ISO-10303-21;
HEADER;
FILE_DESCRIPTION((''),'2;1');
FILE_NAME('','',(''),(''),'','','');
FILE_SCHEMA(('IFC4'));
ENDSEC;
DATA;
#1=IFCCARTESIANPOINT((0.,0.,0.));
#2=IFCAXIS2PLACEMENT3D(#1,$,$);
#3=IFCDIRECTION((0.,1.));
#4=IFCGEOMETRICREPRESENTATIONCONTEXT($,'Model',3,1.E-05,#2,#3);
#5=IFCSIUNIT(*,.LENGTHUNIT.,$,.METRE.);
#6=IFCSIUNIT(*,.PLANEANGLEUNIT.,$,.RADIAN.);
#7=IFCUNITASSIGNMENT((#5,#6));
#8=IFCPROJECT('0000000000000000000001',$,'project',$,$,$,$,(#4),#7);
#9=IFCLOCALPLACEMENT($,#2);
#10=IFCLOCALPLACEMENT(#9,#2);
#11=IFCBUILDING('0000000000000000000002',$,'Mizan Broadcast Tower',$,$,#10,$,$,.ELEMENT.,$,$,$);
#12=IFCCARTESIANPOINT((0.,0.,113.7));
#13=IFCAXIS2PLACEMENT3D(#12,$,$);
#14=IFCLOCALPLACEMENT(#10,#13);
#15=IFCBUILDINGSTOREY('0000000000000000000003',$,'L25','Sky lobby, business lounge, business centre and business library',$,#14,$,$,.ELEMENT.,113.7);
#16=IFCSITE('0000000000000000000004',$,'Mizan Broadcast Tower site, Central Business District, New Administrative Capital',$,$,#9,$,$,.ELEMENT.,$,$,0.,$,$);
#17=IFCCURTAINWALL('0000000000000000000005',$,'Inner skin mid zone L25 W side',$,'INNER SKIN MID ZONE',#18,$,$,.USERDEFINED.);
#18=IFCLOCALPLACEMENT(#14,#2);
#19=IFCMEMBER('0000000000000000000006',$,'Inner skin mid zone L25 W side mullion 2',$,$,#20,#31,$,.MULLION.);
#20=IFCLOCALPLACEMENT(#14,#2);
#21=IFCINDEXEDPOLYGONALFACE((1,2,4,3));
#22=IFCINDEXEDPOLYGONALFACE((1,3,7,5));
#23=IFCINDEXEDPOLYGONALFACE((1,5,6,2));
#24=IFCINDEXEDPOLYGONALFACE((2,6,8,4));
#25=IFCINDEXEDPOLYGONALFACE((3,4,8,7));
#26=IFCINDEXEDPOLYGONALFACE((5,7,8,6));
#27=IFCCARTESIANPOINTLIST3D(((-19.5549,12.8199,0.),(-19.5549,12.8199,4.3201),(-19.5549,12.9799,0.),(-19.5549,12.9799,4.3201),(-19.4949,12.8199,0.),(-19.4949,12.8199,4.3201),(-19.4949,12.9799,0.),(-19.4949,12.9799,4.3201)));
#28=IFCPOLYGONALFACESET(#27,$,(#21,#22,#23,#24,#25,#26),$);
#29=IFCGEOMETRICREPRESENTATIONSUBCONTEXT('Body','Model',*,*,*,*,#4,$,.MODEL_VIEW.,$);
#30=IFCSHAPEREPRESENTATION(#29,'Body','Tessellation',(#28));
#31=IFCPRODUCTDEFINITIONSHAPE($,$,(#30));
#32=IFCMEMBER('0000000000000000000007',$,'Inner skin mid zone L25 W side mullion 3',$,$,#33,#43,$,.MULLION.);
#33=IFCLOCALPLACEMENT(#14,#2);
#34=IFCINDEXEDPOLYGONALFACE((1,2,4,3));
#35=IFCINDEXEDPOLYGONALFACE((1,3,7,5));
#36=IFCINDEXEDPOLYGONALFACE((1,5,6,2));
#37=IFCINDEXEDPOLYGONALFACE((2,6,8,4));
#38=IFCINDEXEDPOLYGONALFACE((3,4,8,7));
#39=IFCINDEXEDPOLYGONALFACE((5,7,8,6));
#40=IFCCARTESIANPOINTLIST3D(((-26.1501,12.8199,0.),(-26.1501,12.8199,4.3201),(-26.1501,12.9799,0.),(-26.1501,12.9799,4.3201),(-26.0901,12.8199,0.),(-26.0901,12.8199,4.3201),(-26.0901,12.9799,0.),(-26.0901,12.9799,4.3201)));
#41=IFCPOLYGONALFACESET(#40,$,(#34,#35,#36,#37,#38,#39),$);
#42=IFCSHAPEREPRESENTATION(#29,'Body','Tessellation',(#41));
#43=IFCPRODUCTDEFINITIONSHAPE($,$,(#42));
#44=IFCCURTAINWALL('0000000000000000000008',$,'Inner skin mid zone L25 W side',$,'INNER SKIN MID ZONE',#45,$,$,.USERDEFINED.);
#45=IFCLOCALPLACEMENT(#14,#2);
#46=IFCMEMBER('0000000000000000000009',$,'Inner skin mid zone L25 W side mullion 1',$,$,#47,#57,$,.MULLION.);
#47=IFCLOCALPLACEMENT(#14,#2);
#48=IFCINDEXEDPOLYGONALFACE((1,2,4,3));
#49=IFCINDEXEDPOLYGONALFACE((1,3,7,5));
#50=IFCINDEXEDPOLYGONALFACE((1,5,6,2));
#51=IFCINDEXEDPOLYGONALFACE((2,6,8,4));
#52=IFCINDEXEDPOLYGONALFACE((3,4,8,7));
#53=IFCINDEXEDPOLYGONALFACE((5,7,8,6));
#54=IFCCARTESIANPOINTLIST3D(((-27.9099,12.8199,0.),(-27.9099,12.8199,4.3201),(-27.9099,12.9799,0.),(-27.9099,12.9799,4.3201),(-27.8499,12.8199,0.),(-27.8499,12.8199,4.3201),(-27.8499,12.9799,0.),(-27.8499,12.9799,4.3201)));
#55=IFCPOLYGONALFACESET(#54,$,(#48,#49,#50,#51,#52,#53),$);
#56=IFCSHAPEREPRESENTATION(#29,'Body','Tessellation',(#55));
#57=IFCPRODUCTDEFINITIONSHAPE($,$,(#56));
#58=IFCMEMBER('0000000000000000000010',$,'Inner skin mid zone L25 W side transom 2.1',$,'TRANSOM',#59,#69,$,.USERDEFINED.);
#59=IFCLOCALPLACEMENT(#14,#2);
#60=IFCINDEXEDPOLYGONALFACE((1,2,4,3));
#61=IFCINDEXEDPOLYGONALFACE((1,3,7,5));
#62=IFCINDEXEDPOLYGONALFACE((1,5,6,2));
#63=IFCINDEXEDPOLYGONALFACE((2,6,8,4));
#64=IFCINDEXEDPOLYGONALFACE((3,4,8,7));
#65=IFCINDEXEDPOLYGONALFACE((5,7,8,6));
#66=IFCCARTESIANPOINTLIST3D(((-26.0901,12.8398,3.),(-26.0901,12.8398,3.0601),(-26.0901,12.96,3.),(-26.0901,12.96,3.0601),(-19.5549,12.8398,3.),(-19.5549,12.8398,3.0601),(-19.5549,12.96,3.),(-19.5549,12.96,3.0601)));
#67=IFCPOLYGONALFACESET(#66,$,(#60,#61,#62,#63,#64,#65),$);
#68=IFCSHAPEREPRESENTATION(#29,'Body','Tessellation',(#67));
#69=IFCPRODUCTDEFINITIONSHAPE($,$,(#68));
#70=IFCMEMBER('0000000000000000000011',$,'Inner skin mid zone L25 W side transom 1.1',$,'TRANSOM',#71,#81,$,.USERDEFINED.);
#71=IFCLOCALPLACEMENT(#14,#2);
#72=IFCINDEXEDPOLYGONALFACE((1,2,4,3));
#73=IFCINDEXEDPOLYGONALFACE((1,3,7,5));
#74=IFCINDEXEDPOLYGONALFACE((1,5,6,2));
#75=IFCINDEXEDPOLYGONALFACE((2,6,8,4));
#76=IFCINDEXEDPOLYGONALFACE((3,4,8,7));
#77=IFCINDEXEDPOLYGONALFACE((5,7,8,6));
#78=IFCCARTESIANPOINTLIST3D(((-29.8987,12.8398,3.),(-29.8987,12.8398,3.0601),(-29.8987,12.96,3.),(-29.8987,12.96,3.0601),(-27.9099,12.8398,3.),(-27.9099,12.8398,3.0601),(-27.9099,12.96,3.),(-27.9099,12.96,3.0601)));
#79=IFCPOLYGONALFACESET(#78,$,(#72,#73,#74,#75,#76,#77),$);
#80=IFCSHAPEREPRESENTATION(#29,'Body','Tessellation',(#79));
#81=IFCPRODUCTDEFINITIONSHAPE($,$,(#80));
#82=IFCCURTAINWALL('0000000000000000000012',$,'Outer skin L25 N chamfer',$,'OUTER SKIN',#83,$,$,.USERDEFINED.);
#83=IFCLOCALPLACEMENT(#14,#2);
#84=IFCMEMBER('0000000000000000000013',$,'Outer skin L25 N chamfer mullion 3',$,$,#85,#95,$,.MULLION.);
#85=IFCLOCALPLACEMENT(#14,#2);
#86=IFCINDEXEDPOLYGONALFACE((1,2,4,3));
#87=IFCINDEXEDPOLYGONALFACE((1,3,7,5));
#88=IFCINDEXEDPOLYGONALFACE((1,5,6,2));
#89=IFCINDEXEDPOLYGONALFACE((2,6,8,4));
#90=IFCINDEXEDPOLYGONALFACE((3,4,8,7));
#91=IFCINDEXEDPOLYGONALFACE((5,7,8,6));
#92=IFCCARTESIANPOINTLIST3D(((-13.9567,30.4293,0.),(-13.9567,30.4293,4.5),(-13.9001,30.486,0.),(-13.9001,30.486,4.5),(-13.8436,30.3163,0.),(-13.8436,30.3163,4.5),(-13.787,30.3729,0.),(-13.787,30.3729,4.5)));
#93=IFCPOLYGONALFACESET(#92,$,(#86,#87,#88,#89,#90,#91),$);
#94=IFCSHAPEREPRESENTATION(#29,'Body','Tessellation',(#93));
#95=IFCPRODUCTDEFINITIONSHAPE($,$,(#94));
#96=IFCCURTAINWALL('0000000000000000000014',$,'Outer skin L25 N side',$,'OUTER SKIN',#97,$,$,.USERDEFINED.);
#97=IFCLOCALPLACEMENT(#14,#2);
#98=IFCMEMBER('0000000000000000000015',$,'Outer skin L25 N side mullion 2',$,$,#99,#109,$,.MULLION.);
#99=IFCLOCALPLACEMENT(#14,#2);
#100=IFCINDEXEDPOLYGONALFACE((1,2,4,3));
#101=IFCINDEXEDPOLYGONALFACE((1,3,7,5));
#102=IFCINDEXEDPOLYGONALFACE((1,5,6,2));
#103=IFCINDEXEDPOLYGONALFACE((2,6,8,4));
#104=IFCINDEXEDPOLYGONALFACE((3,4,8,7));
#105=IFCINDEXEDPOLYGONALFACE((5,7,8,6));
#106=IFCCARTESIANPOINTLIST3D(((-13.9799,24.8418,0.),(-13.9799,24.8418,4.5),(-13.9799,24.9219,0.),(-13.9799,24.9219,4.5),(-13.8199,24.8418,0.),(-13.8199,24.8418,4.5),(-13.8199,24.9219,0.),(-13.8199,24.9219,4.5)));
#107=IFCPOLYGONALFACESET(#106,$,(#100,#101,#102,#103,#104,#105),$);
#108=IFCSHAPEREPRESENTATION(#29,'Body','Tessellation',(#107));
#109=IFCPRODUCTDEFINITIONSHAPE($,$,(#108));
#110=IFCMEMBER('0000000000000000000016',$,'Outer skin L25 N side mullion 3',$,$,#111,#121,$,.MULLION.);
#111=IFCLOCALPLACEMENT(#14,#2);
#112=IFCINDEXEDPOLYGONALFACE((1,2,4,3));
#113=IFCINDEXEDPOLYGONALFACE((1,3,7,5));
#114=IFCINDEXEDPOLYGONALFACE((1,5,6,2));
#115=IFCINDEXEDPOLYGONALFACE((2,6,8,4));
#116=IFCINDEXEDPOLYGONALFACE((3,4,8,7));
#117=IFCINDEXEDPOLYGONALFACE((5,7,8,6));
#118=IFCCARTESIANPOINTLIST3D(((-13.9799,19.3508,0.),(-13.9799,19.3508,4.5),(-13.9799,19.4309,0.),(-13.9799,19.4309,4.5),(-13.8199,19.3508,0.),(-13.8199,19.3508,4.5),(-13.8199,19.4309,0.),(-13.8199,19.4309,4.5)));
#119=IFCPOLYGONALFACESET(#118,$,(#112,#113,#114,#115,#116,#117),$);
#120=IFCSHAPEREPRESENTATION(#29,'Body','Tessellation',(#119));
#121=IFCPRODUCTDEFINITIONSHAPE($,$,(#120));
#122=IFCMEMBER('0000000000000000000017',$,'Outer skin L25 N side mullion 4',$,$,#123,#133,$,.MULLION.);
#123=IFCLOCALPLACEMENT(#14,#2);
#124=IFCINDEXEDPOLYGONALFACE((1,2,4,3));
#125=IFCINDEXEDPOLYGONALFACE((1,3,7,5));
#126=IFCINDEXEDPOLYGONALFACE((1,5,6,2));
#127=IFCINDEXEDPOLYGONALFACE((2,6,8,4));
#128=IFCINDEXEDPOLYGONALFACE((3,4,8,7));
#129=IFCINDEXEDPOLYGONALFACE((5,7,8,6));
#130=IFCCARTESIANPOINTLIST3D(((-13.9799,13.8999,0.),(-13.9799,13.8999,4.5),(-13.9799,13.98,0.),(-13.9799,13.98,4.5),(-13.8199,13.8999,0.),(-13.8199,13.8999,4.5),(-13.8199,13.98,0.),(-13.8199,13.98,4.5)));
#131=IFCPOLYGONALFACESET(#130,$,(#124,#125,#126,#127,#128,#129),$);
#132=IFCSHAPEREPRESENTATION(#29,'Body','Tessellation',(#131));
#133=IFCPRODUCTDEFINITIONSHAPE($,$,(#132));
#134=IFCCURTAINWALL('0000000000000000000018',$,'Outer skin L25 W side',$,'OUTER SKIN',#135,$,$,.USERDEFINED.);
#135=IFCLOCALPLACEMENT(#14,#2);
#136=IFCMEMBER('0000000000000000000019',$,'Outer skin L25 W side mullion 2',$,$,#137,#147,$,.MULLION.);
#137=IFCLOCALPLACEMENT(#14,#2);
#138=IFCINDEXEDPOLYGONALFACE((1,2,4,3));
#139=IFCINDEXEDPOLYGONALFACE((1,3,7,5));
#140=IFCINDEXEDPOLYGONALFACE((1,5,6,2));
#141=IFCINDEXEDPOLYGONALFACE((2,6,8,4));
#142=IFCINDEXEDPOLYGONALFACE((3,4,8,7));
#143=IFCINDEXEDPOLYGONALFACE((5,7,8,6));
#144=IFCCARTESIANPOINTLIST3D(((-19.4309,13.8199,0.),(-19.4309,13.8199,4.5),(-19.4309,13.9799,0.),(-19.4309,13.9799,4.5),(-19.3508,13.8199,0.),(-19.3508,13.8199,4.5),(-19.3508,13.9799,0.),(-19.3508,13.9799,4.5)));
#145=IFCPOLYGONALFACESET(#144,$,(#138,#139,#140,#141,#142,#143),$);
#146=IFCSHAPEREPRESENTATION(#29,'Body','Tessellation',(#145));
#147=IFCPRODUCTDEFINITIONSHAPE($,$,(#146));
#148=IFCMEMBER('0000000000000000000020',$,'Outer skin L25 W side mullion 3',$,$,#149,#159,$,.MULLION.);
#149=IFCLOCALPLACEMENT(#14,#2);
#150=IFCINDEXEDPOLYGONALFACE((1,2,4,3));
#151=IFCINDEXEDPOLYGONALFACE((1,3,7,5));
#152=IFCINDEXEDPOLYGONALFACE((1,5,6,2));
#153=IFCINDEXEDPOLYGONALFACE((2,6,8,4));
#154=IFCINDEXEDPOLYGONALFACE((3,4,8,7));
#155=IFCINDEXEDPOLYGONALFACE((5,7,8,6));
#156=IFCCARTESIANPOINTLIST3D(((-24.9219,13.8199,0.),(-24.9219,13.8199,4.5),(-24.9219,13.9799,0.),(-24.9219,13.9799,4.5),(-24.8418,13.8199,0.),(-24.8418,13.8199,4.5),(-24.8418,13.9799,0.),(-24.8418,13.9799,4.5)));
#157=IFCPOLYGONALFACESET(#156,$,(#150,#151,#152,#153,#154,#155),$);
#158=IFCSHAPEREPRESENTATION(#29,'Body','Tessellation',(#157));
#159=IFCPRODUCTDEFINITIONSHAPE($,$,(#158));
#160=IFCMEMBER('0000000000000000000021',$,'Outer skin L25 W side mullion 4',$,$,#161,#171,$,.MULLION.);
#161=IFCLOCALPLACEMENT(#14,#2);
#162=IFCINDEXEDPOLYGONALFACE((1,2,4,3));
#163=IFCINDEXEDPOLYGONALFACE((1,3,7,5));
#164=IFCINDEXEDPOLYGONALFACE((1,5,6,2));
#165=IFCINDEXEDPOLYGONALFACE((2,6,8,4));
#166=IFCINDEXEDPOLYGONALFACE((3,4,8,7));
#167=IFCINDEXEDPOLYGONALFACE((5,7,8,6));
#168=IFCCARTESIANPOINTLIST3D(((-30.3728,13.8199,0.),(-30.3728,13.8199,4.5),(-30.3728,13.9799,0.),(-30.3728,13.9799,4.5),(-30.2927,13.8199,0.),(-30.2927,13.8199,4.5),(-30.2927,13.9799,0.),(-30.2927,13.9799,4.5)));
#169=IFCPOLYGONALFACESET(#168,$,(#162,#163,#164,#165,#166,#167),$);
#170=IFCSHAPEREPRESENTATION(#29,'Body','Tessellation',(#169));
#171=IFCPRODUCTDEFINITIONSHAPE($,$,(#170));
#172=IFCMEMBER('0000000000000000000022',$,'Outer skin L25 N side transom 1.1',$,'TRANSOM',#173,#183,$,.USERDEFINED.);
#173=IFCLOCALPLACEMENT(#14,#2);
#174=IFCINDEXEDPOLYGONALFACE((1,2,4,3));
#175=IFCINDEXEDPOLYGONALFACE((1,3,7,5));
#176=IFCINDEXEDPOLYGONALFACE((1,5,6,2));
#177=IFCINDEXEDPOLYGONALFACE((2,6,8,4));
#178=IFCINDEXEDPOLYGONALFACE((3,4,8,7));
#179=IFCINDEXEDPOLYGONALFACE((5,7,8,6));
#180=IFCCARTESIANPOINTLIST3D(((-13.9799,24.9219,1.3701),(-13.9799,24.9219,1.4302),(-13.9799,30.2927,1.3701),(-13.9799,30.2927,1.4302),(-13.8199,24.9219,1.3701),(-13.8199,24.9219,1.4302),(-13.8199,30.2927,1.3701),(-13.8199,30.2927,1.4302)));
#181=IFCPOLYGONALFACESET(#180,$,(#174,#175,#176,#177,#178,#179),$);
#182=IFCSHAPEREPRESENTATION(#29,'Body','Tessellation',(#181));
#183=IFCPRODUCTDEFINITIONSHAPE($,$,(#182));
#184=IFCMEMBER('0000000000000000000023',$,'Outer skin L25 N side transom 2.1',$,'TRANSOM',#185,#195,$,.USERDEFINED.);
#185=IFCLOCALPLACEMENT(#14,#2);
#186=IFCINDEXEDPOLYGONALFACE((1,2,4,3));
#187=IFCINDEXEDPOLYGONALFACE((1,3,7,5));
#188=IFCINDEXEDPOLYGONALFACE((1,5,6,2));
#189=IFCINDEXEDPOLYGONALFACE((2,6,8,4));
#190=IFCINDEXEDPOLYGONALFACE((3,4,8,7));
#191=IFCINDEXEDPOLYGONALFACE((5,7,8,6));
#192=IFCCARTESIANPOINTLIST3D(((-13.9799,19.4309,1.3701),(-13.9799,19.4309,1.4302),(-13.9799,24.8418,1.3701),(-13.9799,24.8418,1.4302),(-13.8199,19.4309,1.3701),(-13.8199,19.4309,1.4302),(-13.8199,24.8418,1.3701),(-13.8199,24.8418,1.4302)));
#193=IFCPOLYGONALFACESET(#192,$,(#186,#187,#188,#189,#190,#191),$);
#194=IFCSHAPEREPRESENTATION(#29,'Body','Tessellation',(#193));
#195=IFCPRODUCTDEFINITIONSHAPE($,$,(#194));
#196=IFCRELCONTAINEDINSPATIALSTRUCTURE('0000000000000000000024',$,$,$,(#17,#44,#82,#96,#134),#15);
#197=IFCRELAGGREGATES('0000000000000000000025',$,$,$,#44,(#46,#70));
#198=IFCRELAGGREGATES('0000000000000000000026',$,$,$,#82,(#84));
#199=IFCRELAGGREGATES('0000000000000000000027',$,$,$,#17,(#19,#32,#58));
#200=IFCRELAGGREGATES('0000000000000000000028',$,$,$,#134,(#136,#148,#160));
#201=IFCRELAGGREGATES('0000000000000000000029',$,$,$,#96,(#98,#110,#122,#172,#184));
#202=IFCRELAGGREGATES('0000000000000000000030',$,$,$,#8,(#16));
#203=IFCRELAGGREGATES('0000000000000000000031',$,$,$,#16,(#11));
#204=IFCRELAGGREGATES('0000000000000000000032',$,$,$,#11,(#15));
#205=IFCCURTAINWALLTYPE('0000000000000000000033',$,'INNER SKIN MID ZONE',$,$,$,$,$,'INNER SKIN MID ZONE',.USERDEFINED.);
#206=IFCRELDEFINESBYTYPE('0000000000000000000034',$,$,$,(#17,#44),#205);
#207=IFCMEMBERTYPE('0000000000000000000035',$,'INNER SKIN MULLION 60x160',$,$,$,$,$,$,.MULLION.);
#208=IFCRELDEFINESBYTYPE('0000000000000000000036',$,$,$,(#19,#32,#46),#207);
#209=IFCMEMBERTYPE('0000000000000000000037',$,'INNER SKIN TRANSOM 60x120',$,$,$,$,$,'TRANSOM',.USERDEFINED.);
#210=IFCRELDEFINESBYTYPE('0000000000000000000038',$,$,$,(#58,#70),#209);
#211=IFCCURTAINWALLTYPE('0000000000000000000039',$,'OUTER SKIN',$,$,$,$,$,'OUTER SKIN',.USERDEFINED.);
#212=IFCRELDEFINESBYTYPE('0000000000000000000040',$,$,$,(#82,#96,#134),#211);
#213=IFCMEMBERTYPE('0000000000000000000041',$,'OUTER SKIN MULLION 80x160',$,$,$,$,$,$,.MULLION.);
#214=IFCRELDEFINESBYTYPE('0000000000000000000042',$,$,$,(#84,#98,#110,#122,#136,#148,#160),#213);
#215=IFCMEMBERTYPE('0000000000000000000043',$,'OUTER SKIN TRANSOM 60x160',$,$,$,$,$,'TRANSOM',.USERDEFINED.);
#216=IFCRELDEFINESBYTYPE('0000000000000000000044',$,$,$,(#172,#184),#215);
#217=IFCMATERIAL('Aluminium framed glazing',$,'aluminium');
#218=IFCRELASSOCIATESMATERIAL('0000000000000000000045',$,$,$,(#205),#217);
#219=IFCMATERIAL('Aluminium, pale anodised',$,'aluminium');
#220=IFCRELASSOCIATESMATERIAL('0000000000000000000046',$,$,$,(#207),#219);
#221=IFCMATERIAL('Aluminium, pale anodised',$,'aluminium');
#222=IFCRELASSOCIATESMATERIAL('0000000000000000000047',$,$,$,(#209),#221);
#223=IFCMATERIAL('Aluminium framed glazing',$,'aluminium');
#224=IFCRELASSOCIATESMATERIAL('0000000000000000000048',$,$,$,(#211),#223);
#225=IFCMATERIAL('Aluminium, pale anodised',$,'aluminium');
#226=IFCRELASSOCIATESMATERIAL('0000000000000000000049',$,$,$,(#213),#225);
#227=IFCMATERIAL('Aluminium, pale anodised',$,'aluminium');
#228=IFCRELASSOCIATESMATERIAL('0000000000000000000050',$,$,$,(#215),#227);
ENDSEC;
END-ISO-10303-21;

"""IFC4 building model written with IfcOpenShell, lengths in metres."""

from ifc_helpers import new_model, si_unit, direction, frame, origin, origin_2d, place, context, subcontext, project, spatial, rectangle, extrude, material, material_profile, profile_set, type_object, element, aggregate, save


model = new_model("IFC4")

# Units and contexts
model_context = context("Model", 3, precision=1e-05, world=origin(), true_north=direction((0.0, 1.0)))
body_context = subcontext(model_context, "Body", "Model", "MODEL_VIEW")
ifc_project = project(units=[si_unit("LENGTHUNIT", "METRE"), si_unit("PLANEANGLEUNIT", "RADIAN")], contexts=[model_context])

# Site, building, storey
site_placement = place(None, origin())
site = spatial("IfcSite", under=ifc_project, at=site_placement, Name="Mizan Broadcast Tower site, Central Business District, New Administrative Capital", CompositionType="ELEMENT", RefElevation=0.0)
building_placement = place(site_placement, origin())
building = spatial("IfcBuilding", under=site, at=building_placement, Name="Mizan Broadcast Tower", CompositionType="ELEMENT")
storey_placement = place(building_placement, frame((0.0, 0.0, 113.7)))
storey = spatial("IfcBuildingStorey", under=building, at=storey_placement, Name="L25", Description="Sky lobby, business lounge, business centre and business library", CompositionType="ELEMENT", Elevation=113.7)

# Curtain wall, members
ifc_material_1 = material(Name="Aluminium framed glazing", Category="aluminium")
curtain_wall_type_1 = type_object("IfcCurtainWallType", Name="INNER SKIN MID ZONE", ElementType="INNER SKIN MID ZONE", PredefinedType="USERDEFINED", material=ifc_material_1)
curtain_wall_1_placement = place(storey_placement, origin())
curtain_wall_1 = element("IfcCurtainWall", 1, at=curtain_wall_1_placement, inside=storey, type_object=curtain_wall_type_1, Name="Inner skin mid zone L25 W side", ObjectType="INNER SKIN MID ZONE", PredefinedType="USERDEFINED")
ifc_material_2 = material(Name="Aluminium, pale anodised", Category="aluminium")
ifc_material_profile_1 = material_profile(ifc_material_2, rectangle(XDim=0.1599, YDim=0.0601, at=origin_2d()), Name="MULLION 160x60")
ifc_profile_set_1 = profile_set([ifc_material_profile_1], Name="Aluminium, pale anodised")
member_type_1 = type_object("IfcMemberType", Name="INNER SKIN MULLION 60x160", PredefinedType="MULLION", material=ifc_profile_set_1)
member_1_placement = place(storey_placement, frame((-19.5249, 12.8999, 0.0), z_axis=(0.0, 0.0, 1.0), x_axis=(0.0, -1.0, 0.0)))
member_1 = element("IfcMember", 2, at=member_1_placement, type_object=member_type_1, Name="Inner skin mid zone L25 W side mullion 2", PredefinedType="MULLION", context=body_context, shape_type="SweptSolid", body=[
    extrude(rectangle(XDim=0.1599, YDim=0.0601, at=origin_2d()), origin(), (0.0, 0.0, 1.0), 4.3201),
])
member_2_placement = place(storey_placement, frame((-26.1201, 12.8999, 0.0), z_axis=(0.0, 0.0, 1.0), x_axis=(0.0, -1.0, 0.0)))
member_2 = element("IfcMember", 3, at=member_2_placement, type_object=member_type_1, Name="Inner skin mid zone L25 W side mullion 3", PredefinedType="MULLION", context=body_context, shape_type="SweptSolid", body=[
    extrude(rectangle(XDim=0.1599, YDim=0.0601, at=origin_2d()), origin(), (0.0, 0.0, 1.0), 4.3201),
])

# Curtain wall, member
curtain_wall_2_placement = place(storey_placement, origin())
curtain_wall_2 = element("IfcCurtainWall", 4, at=curtain_wall_2_placement, inside=storey, type_object=curtain_wall_type_1, Name="Inner skin mid zone L25 W side", ObjectType="INNER SKIN MID ZONE", PredefinedType="USERDEFINED")
member_3_placement = place(storey_placement, frame((-27.8799, 12.8999, 0.0), z_axis=(0.0, 0.0, 1.0), x_axis=(0.0, -1.0, 0.0)))
member_3 = element("IfcMember", 5, at=member_3_placement, type_object=member_type_1, Name="Inner skin mid zone L25 W side mullion 1", PredefinedType="MULLION", context=body_context, shape_type="SweptSolid", body=[
    extrude(rectangle(XDim=0.1599, YDim=0.0601, at=origin_2d()), origin(), (0.0, 0.0, 1.0), 4.3201),
])

# Members
ifc_material_3 = material(Name="Aluminium, pale anodised", Category="aluminium")
ifc_material_profile_2 = material_profile(ifc_material_3, rectangle(XDim=0.1201, YDim=0.0601, at=origin_2d()), Name="TRANSOM 120x60")
ifc_profile_set_2 = profile_set([ifc_material_profile_2], Name="Aluminium, pale anodised")
member_type_2 = type_object("IfcMemberType", Name="INNER SKIN TRANSOM 60x120", ElementType="TRANSOM", PredefinedType="USERDEFINED", material=ifc_profile_set_2)
member_4_placement = place(storey_placement, frame((-19.5549, 12.8999, 3.03), z_axis=(-1.0, 0.0, 0.0), x_axis=(0.0, -1.0, 0.0)))
member_4 = element("IfcMember", 6, at=member_4_placement, type_object=member_type_2, Name="Inner skin mid zone L25 W side transom 2.1", ObjectType="TRANSOM", PredefinedType="USERDEFINED", context=body_context, shape_type="SweptSolid", body=[
    extrude(rectangle(XDim=0.1201, YDim=0.0601, at=origin_2d()), origin(), (0.0, 0.0, 1.0), 6.5352),
])
member_5_placement = place(storey_placement, frame((-27.9099, 12.8999, 3.03), z_axis=(-1.0, 0.0, 0.0), x_axis=(0.0, -1.0, 0.0)))
member_5 = element("IfcMember", 7, at=member_5_placement, type_object=member_type_2, Name="Inner skin mid zone L25 W side transom 1.1", ObjectType="TRANSOM", PredefinedType="USERDEFINED", context=body_context, shape_type="SweptSolid", body=[
    extrude(rectangle(XDim=0.1201, YDim=0.0601, at=origin_2d()), origin(), (0.0, 0.0, 1.0), 1.9888),
])
aggregate(curtain_wall_2, [member_3, member_5])

# Curtain wall, member
ifc_material_4 = material(Name="Aluminium framed glazing", Category="aluminium")
curtain_wall_type_2 = type_object("IfcCurtainWallType", Name="OUTER SKIN", ElementType="OUTER SKIN", PredefinedType="USERDEFINED", material=ifc_material_4)
curtain_wall_3_placement = place(storey_placement, origin())
curtain_wall_3 = element("IfcCurtainWall", 8, at=curtain_wall_3_placement, inside=storey, type_object=curtain_wall_type_2, Name="Outer skin L25 N chamfer", ObjectType="OUTER SKIN", PredefinedType="USERDEFINED")
ifc_material_5 = material(Name="Aluminium, pale anodised", Category="aluminium")
ifc_material_profile_3 = material_profile(ifc_material_5, rectangle(XDim=0.1599, YDim=0.0801, at=origin_2d()), Name="MULLION 160x80")
ifc_profile_set_3 = profile_set([ifc_material_profile_3], Name="Aluminium, pale anodised")
member_type_3 = type_object("IfcMemberType", Name="OUTER SKIN MULLION 80x160", PredefinedType="MULLION", material=ifc_profile_set_3)
member_6_placement = place(storey_placement, frame((-13.8718, 30.4011, 0.0), z_axis=(0.0, 0.0, 1.0), x_axis=(0.707107, -0.707107, 0.0)))
member_6 = element("IfcMember", 9, at=member_6_placement, type_object=member_type_3, Name="Outer skin L25 N chamfer mullion 3", PredefinedType="MULLION", context=body_context, shape_type="SweptSolid", body=[
    extrude(rectangle(XDim=0.1599, YDim=0.0801, at=origin_2d()), origin(), (0.0, 0.0, 1.0), 4.5),
])
aggregate(curtain_wall_3, [member_6])

# Curtain walls, members
curtain_wall_4_placement = place(storey_placement, origin())
curtain_wall_4 = element("IfcCurtainWall", 10, at=curtain_wall_4_placement, inside=storey, type_object=curtain_wall_type_2, Name="Outer skin L25 N side", ObjectType="OUTER SKIN", PredefinedType="USERDEFINED")
member_7_placement = place(storey_placement, frame((-13.8999, 24.8818, 0.0), z_axis=(0.0, 0.0, 1.0), x_axis=(1.0, 0.0, 0.0)))
member_7 = element("IfcMember", 11, at=member_7_placement, type_object=member_type_3, Name="Outer skin L25 N side mullion 2", PredefinedType="MULLION", context=body_context, shape_type="SweptSolid", body=[
    extrude(rectangle(XDim=0.1599, YDim=0.0801, at=origin_2d()), origin(), (0.0, 0.0, 1.0), 4.5),
])
member_8_placement = place(storey_placement, frame((-13.8999, 19.3909, 0.0), z_axis=(0.0, 0.0, 1.0), x_axis=(1.0, 0.0, 0.0)))
member_8 = element("IfcMember", 12, at=member_8_placement, type_object=member_type_3, Name="Outer skin L25 N side mullion 3", PredefinedType="MULLION", context=body_context, shape_type="SweptSolid", body=[
    extrude(rectangle(XDim=0.1599, YDim=0.0801, at=origin_2d()), origin(), (0.0, 0.0, 1.0), 4.5),
])
member_9_placement = place(storey_placement, frame((-13.8999, 13.9399, 0.0), z_axis=(0.0, 0.0, 1.0), x_axis=(1.0, 0.0, 0.0)))
member_9 = element("IfcMember", 13, at=member_9_placement, type_object=member_type_3, Name="Outer skin L25 N side mullion 4", PredefinedType="MULLION", context=body_context, shape_type="SweptSolid", body=[
    extrude(rectangle(XDim=0.1599, YDim=0.0801, at=origin_2d()), origin(), (0.0, 0.0, 1.0), 4.5),
])
curtain_wall_5_placement = place(storey_placement, origin())
curtain_wall_5 = element("IfcCurtainWall", 14, at=curtain_wall_5_placement, inside=storey, type_object=curtain_wall_type_2, Name="Outer skin L25 W side", ObjectType="OUTER SKIN", PredefinedType="USERDEFINED")
member_10_placement = place(storey_placement, frame((-19.3909, 13.8999, 0.0), z_axis=(0.0, 0.0, 1.0), x_axis=(0.0, -1.0, 0.0)))
member_10 = element("IfcMember", 15, at=member_10_placement, type_object=member_type_3, Name="Outer skin L25 W side mullion 2", PredefinedType="MULLION", context=body_context, shape_type="SweptSolid", body=[
    extrude(rectangle(XDim=0.1599, YDim=0.0801, at=origin_2d()), origin(), (0.0, 0.0, 1.0), 4.5),
])
member_11_placement = place(storey_placement, frame((-24.8818, 13.8999, 0.0), z_axis=(0.0, 0.0, 1.0), x_axis=(0.0, -1.0, 0.0)))
member_11 = element("IfcMember", 16, at=member_11_placement, type_object=member_type_3, Name="Outer skin L25 W side mullion 3", PredefinedType="MULLION", context=body_context, shape_type="SweptSolid", body=[
    extrude(rectangle(XDim=0.1599, YDim=0.0801, at=origin_2d()), origin(), (0.0, 0.0, 1.0), 4.5),
])
member_12_placement = place(storey_placement, frame((-30.3328, 13.8999, 0.0), z_axis=(0.0, 0.0, 1.0), x_axis=(0.0, -1.0, 0.0)))
member_12 = element("IfcMember", 17, at=member_12_placement, type_object=member_type_3, Name="Outer skin L25 W side mullion 4", PredefinedType="MULLION", context=body_context, shape_type="SweptSolid", body=[
    extrude(rectangle(XDim=0.1599, YDim=0.0801, at=origin_2d()), origin(), (0.0, 0.0, 1.0), 4.5),
])

# Members
ifc_material_6 = material(Name="Aluminium, pale anodised", Category="aluminium")
ifc_material_profile_4 = material_profile(ifc_material_6, rectangle(XDim=0.1599, YDim=0.0601, at=origin_2d()), Name="TRANSOM 160x60")
ifc_profile_set_4 = profile_set([ifc_material_profile_4], Name="Aluminium, pale anodised")
member_type_4 = type_object("IfcMemberType", Name="OUTER SKIN TRANSOM 60x160", ElementType="TRANSOM", PredefinedType="USERDEFINED", material=ifc_profile_set_4)
member_13_placement = place(storey_placement, frame((-13.8999, 30.2927, 1.4001), z_axis=(0.0, -1.0, 0.0), x_axis=(1.0, 0.0, 0.0)))
member_13 = element("IfcMember", 18, at=member_13_placement, type_object=member_type_4, Name="Outer skin L25 N side transom 1.1", ObjectType="TRANSOM", PredefinedType="USERDEFINED", context=body_context, shape_type="SweptSolid", body=[
    extrude(rectangle(XDim=0.1599, YDim=0.0601, at=origin_2d()), origin(), (0.0, 0.0, 1.0), 5.3708),
])
member_14_placement = place(storey_placement, frame((-13.8999, 24.8418, 1.4001), z_axis=(0.0, -1.0, 0.0), x_axis=(1.0, 0.0, 0.0)))
member_14 = element("IfcMember", 19, at=member_14_placement, type_object=member_type_4, Name="Outer skin L25 N side transom 2.1", ObjectType="TRANSOM", PredefinedType="USERDEFINED", context=body_context, shape_type="SweptSolid", body=[
    extrude(rectangle(XDim=0.1599, YDim=0.0601, at=origin_2d()), origin(), (0.0, 0.0, 1.0), 5.4109),
])

aggregate(curtain_wall_1, [member_1, member_2, member_4])
aggregate(curtain_wall_5, [member_10, member_11, member_12])
aggregate(curtain_wall_4, [member_7, member_8, member_9, member_13, member_14])

save(model, "model.ifc")
